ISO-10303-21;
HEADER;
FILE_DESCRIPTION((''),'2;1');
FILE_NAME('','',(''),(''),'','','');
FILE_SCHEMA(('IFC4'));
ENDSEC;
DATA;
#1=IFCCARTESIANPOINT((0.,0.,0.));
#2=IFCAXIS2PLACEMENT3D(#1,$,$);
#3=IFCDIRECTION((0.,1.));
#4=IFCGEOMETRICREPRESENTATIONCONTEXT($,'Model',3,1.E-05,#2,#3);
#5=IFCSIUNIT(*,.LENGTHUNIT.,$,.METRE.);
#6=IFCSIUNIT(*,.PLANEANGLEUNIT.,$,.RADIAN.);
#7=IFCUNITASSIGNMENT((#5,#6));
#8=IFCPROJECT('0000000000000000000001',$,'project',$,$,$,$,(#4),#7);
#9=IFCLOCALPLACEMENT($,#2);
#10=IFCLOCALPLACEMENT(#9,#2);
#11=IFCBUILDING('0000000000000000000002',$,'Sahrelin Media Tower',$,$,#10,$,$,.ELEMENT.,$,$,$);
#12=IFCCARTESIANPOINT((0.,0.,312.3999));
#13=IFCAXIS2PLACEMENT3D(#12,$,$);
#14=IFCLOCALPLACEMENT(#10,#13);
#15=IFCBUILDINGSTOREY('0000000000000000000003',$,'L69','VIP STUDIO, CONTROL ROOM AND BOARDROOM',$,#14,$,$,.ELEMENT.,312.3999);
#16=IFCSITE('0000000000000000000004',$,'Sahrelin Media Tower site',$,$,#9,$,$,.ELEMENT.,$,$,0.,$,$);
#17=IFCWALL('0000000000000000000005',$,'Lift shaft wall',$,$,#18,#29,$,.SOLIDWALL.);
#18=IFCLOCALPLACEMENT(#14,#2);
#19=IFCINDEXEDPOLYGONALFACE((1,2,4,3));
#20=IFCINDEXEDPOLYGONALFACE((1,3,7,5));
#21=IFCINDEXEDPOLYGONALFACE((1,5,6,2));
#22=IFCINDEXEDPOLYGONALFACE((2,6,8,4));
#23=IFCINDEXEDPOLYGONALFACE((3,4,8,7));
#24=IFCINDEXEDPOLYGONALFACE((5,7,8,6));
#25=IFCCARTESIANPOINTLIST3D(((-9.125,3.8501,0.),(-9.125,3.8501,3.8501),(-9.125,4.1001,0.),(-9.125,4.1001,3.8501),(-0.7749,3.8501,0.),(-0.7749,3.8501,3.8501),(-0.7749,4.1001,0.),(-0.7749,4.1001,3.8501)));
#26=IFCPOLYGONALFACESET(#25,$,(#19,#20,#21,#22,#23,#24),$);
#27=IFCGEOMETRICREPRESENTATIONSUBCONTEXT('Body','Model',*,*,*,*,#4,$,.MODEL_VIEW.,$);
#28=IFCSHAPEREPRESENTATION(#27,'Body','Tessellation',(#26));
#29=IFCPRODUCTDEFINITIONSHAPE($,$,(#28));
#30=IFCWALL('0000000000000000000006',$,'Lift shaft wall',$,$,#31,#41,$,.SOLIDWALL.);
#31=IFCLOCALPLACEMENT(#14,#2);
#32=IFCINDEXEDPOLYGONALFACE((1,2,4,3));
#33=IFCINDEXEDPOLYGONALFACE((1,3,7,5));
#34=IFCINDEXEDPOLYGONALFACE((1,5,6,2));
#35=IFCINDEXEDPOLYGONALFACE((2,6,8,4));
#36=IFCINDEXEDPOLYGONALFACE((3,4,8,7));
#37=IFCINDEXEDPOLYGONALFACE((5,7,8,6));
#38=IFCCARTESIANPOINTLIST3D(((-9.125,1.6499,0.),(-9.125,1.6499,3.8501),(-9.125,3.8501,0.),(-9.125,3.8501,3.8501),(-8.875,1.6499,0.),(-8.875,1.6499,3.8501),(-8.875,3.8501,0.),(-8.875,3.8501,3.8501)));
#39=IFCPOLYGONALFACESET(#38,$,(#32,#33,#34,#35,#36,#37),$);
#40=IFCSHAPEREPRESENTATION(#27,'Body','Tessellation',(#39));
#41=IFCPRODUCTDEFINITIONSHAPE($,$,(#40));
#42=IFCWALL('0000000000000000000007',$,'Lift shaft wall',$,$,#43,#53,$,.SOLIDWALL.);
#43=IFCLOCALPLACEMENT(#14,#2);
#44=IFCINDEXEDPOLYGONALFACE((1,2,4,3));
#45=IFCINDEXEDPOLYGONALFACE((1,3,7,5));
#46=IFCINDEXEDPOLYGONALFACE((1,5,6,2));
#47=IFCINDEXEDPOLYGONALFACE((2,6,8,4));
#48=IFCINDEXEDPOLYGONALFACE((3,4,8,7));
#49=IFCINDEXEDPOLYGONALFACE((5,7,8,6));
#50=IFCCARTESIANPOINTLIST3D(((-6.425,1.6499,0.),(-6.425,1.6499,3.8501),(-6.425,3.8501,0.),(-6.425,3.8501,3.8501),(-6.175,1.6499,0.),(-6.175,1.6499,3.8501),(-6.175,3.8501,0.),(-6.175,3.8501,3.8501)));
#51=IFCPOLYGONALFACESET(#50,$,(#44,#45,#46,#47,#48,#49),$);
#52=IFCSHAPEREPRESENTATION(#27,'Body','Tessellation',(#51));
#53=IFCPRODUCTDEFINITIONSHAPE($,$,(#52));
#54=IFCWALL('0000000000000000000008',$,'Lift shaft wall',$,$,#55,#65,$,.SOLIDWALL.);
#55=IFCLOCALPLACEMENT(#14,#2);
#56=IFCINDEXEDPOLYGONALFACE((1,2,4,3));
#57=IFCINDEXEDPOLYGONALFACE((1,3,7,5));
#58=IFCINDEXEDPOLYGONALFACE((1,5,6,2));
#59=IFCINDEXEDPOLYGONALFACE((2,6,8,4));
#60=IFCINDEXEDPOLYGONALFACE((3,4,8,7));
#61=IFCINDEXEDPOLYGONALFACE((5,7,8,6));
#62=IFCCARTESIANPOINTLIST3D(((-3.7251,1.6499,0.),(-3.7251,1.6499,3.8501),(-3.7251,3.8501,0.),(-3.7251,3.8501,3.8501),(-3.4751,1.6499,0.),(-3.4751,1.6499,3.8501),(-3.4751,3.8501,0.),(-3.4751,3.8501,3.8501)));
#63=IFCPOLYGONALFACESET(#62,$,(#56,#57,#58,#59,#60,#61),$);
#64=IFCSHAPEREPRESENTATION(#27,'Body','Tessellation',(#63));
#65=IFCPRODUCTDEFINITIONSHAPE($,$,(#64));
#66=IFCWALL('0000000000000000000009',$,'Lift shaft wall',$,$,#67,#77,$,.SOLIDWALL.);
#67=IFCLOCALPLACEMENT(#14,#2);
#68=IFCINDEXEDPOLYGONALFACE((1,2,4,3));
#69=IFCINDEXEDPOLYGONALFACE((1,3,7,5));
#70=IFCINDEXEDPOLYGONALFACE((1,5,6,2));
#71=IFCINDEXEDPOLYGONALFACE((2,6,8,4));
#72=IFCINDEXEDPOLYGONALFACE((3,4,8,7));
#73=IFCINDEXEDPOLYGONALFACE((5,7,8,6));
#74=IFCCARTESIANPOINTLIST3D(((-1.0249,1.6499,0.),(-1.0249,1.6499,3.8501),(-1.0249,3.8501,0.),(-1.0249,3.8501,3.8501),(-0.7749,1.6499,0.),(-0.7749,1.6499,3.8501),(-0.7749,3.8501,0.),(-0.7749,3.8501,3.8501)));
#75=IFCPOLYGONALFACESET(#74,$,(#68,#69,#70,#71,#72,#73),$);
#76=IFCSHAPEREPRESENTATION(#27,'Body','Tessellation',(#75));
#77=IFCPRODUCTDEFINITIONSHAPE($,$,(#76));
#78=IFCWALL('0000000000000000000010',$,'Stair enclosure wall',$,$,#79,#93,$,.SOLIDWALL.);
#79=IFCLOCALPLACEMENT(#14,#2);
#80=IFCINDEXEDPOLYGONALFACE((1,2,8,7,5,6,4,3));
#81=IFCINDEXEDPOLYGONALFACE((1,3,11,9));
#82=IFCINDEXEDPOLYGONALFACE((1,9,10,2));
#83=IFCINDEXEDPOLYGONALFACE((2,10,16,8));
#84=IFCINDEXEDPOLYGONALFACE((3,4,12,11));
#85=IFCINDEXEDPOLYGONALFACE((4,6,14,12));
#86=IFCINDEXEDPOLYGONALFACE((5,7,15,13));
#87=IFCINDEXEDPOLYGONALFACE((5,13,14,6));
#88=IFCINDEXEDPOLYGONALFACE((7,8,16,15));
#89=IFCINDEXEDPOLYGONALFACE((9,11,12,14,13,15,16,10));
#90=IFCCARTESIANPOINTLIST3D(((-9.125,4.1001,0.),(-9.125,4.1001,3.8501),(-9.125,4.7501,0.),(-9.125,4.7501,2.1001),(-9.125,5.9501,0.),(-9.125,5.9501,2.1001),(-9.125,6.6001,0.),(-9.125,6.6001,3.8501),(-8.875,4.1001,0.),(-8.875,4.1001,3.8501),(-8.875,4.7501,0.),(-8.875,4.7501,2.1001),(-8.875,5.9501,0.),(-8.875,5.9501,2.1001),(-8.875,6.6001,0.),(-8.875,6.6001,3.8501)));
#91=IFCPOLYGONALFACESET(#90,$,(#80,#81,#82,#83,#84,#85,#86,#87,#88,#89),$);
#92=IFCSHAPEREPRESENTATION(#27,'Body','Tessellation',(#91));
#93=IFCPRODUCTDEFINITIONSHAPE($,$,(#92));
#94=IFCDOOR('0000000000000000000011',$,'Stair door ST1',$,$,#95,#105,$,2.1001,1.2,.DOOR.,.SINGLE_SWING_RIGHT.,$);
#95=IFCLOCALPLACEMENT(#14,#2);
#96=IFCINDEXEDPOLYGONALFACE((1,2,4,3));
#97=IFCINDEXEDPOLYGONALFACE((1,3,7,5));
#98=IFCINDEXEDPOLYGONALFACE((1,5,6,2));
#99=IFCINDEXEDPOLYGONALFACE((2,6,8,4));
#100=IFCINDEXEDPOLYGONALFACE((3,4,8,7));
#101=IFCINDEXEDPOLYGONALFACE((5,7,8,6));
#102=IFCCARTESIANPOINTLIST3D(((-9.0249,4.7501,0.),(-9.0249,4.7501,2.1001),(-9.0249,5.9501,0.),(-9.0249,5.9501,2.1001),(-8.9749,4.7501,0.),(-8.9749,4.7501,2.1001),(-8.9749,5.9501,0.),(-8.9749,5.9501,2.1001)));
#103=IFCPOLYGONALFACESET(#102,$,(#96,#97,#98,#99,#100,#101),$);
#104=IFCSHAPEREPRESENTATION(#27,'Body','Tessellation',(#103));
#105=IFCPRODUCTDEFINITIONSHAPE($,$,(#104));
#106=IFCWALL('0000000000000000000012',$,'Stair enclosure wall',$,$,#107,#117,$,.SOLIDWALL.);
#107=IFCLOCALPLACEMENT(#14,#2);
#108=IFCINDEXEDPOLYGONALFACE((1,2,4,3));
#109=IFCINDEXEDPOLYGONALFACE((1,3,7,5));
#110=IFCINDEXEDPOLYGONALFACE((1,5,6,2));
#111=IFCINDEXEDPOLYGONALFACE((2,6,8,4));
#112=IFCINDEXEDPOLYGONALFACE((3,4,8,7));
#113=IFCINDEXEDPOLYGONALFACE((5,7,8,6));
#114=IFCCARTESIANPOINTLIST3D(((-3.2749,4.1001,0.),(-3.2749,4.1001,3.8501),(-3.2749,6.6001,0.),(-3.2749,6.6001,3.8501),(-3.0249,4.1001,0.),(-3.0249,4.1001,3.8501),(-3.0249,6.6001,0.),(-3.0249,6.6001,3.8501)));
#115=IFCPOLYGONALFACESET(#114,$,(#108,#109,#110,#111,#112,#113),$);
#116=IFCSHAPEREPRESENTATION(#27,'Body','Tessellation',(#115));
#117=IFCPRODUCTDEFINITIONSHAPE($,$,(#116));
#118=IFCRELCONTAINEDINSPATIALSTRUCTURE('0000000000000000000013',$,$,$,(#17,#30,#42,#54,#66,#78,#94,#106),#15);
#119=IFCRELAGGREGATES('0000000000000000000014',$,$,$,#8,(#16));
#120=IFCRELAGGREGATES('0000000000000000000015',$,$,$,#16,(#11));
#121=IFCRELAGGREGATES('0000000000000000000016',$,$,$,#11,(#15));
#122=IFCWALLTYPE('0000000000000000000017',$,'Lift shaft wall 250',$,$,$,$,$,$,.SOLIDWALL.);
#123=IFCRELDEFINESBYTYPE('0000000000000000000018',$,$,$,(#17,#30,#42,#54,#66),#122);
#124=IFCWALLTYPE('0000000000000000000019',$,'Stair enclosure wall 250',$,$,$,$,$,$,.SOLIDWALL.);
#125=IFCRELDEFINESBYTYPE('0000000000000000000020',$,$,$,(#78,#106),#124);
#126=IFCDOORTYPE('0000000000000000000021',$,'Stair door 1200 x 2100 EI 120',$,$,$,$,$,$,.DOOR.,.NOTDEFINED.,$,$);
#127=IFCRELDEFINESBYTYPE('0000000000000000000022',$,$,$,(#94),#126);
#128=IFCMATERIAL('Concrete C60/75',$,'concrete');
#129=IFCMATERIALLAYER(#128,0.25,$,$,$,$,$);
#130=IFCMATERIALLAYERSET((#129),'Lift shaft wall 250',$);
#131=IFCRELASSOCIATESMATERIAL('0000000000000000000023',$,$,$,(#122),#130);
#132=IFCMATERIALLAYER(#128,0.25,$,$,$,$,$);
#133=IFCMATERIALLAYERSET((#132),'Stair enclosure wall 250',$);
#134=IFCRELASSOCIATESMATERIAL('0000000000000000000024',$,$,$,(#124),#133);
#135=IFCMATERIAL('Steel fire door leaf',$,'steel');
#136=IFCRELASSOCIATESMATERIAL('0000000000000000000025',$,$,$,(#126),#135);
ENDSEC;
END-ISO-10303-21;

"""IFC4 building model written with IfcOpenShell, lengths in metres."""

from ifc_helpers import new_model, si_unit, direction, frame, frame_2d, origin, place, context, subcontext, project, spatial, rectangle, extrude, material, layer, layer_set, type_object, element, fill, save


model = new_model("IFC4")

# Units and contexts
model_context = context("Model", 3, precision=1e-05, world=origin(), true_north=direction((0.0, 1.0)))
body_context = subcontext(model_context, "Body", "Model", "MODEL_VIEW")
ifc_project = project(units=[si_unit("LENGTHUNIT", "METRE"), si_unit("PLANEANGLEUNIT", "RADIAN")], contexts=[model_context])

# Site, building, storey
site_placement = place(None, origin())
site = spatial("IfcSite", under=ifc_project, at=site_placement, Name="Sahrelin Media Tower site", CompositionType="ELEMENT", RefElevation=0.0)
building_placement = place(site_placement, origin())
building = spatial("IfcBuilding", under=site, at=building_placement, Name="Sahrelin Media Tower", CompositionType="ELEMENT")
storey_placement = place(building_placement, frame((0.0, 0.0, 312.3999)))
storey = spatial("IfcBuildingStorey", under=building, at=storey_placement, Name="L69", Description="VIP STUDIO, CONTROL ROOM AND BOARDROOM", CompositionType="ELEMENT", Elevation=312.3999)

# Shared definitions
ifc_material_1 = material(Name="Concrete C60/75", Category="concrete")

# Shared definitions
ifc_layer_1 = layer(ifc_material_1, 0.25)
ifc_layer_set_1 = layer_set([ifc_layer_1], Name="Lift shaft wall 250")
wall_type_1 = type_object("IfcWallType", Name="Lift shaft wall 250", PredefinedType="SOLIDWALL", material=ifc_layer_set_1)

# Walls
wall_1_placement = place(storey_placement, frame((-9.125, 3.9751, 0.0), z_axis=(0.0, 0.0, 1.0), x_axis=(1.0, 0.0, 0.0)))
element("IfcWall", 1, at=wall_1_placement, inside=storey, type_object=wall_type_1, Name="Lift shaft wall", PredefinedType="SOLIDWALL", context=body_context, shape_type="SweptSolid", body=[
    extrude(rectangle(XDim=8.3501, YDim=0.25, at=frame_2d((4.175, 0.0))), origin(), (0.0, 0.0, 1.0), 3.8501),
])
for number, where, z_axis, x_axis, name in (
    (2, (-9.0, 1.6499, 0.0), (0.0, 0.0, 1.0), (0.0, 1.0, 0.0), "Lift shaft wall"),
    (3, (-6.3, 1.6499, 0.0), (0.0, 0.0, 1.0), (0.0, 1.0, 0.0), "Lift shaft wall"),
    (4, (-3.6001, 1.6499, 0.0), (0.0, 0.0, 1.0), (0.0, 1.0, 0.0), "Lift shaft wall"),
    (5, (-0.8999, 1.6499, 0.0), (0.0, 0.0, 1.0), (0.0, 1.0, 0.0), "Lift shaft wall"),
):
    element("IfcWall", number, at=place(storey_placement, frame(where, z_axis=z_axis, x_axis=x_axis)), inside=storey, type_object=wall_type_1, Name=name, PredefinedType="SOLIDWALL", context=body_context, shape_type="SweptSolid", body=[
        extrude(rectangle(XDim=2.2002, YDim=0.25, at=frame_2d((1.1001, 0.0))), origin(), (0.0, 0.0, 1.0), 3.8501),
    ])

# Wall, opening, door
ifc_layer_2 = layer(ifc_material_1, 0.25)
ifc_layer_set_2 = layer_set([ifc_layer_2], Name="Stair enclosure wall 250")
wall_type_2 = type_object("IfcWallType", Name="Stair enclosure wall 250", PredefinedType="SOLIDWALL", material=ifc_layer_set_2)
wall_2_placement = place(storey_placement, frame((-9.0, 4.1001, 0.0), z_axis=(0.0, 0.0, 1.0), x_axis=(0.0, 1.0, 0.0)))
wall_2 = element("IfcWall", 6, at=wall_2_placement, inside=storey, type_object=wall_type_2, Name="Stair enclosure wall", PredefinedType="SOLIDWALL", context=body_context, shape_type="SweptSolid", body=[
    extrude(rectangle(XDim=2.5, YDim=0.25, at=frame_2d((1.25, 0.0))), origin(), (0.0, 0.0, 1.0), 3.8501),
])
opening_1_placement = place(wall_2_placement, frame((0.6499, 0.0, 0.0)))
opening_1 = element("IfcOpeningElement", 7, at=opening_1_placement, cuts=wall_2, PredefinedType="OPENING", context=body_context, shape_type="SweptSolid", body=[
    extrude(rectangle(XDim=1.2, YDim=2.1001, at=frame_2d((0.6001, 1.05))), frame((0.0, 0.125, 0.0), z_axis=(0.0, -1.0, 0.0), x_axis=(1.0, 0.0, 0.0)), (0.0, 0.0, 1.0), 0.25),
])
ifc_material_2 = material(Name="Steel fire door leaf", Category="steel")
door_type_1 = type_object("IfcDoorType", Name="Stair door 1200 x 2100 EI 120", OperationType="NOTDEFINED", PredefinedType="DOOR", material=ifc_material_2)
door_1_placement = place(opening_1_placement, origin())
door_1 = element("IfcDoor", 8, at=door_1_placement, inside=storey, type_object=door_type_1, Name="Stair door ST1", OperationType="SINGLE_SWING_RIGHT", OverallHeight=2.1001, OverallWidth=1.2, PredefinedType="DOOR", context=body_context, shape_type="SweptSolid", body=[
    extrude(rectangle(XDim=1.2, YDim=2.1001, at=frame_2d((0.6001, 1.05))), frame((0.0, 0.0249, 0.0), z_axis=(0.0, -1.0, 0.0), x_axis=(1.0, 0.0, 0.0)), (0.0, 0.0, 1.0), 0.05),
])
fill(opening_1, door_1)

# Wall
wall_3_placement = place(storey_placement, frame((-3.1499, 4.1001, 0.0), z_axis=(0.0, 0.0, 1.0), x_axis=(0.0, 1.0, 0.0)))
element("IfcWall", 9, at=wall_3_placement, inside=storey, type_object=wall_type_2, Name="Stair enclosure wall", PredefinedType="SOLIDWALL", context=body_context, shape_type="SweptSolid", body=[
    extrude(rectangle(XDim=2.5, YDim=0.25, at=frame_2d((1.25, 0.0))), origin(), (0.0, 0.0, 1.0), 3.8501),
])

save(model, "model.ifc")
